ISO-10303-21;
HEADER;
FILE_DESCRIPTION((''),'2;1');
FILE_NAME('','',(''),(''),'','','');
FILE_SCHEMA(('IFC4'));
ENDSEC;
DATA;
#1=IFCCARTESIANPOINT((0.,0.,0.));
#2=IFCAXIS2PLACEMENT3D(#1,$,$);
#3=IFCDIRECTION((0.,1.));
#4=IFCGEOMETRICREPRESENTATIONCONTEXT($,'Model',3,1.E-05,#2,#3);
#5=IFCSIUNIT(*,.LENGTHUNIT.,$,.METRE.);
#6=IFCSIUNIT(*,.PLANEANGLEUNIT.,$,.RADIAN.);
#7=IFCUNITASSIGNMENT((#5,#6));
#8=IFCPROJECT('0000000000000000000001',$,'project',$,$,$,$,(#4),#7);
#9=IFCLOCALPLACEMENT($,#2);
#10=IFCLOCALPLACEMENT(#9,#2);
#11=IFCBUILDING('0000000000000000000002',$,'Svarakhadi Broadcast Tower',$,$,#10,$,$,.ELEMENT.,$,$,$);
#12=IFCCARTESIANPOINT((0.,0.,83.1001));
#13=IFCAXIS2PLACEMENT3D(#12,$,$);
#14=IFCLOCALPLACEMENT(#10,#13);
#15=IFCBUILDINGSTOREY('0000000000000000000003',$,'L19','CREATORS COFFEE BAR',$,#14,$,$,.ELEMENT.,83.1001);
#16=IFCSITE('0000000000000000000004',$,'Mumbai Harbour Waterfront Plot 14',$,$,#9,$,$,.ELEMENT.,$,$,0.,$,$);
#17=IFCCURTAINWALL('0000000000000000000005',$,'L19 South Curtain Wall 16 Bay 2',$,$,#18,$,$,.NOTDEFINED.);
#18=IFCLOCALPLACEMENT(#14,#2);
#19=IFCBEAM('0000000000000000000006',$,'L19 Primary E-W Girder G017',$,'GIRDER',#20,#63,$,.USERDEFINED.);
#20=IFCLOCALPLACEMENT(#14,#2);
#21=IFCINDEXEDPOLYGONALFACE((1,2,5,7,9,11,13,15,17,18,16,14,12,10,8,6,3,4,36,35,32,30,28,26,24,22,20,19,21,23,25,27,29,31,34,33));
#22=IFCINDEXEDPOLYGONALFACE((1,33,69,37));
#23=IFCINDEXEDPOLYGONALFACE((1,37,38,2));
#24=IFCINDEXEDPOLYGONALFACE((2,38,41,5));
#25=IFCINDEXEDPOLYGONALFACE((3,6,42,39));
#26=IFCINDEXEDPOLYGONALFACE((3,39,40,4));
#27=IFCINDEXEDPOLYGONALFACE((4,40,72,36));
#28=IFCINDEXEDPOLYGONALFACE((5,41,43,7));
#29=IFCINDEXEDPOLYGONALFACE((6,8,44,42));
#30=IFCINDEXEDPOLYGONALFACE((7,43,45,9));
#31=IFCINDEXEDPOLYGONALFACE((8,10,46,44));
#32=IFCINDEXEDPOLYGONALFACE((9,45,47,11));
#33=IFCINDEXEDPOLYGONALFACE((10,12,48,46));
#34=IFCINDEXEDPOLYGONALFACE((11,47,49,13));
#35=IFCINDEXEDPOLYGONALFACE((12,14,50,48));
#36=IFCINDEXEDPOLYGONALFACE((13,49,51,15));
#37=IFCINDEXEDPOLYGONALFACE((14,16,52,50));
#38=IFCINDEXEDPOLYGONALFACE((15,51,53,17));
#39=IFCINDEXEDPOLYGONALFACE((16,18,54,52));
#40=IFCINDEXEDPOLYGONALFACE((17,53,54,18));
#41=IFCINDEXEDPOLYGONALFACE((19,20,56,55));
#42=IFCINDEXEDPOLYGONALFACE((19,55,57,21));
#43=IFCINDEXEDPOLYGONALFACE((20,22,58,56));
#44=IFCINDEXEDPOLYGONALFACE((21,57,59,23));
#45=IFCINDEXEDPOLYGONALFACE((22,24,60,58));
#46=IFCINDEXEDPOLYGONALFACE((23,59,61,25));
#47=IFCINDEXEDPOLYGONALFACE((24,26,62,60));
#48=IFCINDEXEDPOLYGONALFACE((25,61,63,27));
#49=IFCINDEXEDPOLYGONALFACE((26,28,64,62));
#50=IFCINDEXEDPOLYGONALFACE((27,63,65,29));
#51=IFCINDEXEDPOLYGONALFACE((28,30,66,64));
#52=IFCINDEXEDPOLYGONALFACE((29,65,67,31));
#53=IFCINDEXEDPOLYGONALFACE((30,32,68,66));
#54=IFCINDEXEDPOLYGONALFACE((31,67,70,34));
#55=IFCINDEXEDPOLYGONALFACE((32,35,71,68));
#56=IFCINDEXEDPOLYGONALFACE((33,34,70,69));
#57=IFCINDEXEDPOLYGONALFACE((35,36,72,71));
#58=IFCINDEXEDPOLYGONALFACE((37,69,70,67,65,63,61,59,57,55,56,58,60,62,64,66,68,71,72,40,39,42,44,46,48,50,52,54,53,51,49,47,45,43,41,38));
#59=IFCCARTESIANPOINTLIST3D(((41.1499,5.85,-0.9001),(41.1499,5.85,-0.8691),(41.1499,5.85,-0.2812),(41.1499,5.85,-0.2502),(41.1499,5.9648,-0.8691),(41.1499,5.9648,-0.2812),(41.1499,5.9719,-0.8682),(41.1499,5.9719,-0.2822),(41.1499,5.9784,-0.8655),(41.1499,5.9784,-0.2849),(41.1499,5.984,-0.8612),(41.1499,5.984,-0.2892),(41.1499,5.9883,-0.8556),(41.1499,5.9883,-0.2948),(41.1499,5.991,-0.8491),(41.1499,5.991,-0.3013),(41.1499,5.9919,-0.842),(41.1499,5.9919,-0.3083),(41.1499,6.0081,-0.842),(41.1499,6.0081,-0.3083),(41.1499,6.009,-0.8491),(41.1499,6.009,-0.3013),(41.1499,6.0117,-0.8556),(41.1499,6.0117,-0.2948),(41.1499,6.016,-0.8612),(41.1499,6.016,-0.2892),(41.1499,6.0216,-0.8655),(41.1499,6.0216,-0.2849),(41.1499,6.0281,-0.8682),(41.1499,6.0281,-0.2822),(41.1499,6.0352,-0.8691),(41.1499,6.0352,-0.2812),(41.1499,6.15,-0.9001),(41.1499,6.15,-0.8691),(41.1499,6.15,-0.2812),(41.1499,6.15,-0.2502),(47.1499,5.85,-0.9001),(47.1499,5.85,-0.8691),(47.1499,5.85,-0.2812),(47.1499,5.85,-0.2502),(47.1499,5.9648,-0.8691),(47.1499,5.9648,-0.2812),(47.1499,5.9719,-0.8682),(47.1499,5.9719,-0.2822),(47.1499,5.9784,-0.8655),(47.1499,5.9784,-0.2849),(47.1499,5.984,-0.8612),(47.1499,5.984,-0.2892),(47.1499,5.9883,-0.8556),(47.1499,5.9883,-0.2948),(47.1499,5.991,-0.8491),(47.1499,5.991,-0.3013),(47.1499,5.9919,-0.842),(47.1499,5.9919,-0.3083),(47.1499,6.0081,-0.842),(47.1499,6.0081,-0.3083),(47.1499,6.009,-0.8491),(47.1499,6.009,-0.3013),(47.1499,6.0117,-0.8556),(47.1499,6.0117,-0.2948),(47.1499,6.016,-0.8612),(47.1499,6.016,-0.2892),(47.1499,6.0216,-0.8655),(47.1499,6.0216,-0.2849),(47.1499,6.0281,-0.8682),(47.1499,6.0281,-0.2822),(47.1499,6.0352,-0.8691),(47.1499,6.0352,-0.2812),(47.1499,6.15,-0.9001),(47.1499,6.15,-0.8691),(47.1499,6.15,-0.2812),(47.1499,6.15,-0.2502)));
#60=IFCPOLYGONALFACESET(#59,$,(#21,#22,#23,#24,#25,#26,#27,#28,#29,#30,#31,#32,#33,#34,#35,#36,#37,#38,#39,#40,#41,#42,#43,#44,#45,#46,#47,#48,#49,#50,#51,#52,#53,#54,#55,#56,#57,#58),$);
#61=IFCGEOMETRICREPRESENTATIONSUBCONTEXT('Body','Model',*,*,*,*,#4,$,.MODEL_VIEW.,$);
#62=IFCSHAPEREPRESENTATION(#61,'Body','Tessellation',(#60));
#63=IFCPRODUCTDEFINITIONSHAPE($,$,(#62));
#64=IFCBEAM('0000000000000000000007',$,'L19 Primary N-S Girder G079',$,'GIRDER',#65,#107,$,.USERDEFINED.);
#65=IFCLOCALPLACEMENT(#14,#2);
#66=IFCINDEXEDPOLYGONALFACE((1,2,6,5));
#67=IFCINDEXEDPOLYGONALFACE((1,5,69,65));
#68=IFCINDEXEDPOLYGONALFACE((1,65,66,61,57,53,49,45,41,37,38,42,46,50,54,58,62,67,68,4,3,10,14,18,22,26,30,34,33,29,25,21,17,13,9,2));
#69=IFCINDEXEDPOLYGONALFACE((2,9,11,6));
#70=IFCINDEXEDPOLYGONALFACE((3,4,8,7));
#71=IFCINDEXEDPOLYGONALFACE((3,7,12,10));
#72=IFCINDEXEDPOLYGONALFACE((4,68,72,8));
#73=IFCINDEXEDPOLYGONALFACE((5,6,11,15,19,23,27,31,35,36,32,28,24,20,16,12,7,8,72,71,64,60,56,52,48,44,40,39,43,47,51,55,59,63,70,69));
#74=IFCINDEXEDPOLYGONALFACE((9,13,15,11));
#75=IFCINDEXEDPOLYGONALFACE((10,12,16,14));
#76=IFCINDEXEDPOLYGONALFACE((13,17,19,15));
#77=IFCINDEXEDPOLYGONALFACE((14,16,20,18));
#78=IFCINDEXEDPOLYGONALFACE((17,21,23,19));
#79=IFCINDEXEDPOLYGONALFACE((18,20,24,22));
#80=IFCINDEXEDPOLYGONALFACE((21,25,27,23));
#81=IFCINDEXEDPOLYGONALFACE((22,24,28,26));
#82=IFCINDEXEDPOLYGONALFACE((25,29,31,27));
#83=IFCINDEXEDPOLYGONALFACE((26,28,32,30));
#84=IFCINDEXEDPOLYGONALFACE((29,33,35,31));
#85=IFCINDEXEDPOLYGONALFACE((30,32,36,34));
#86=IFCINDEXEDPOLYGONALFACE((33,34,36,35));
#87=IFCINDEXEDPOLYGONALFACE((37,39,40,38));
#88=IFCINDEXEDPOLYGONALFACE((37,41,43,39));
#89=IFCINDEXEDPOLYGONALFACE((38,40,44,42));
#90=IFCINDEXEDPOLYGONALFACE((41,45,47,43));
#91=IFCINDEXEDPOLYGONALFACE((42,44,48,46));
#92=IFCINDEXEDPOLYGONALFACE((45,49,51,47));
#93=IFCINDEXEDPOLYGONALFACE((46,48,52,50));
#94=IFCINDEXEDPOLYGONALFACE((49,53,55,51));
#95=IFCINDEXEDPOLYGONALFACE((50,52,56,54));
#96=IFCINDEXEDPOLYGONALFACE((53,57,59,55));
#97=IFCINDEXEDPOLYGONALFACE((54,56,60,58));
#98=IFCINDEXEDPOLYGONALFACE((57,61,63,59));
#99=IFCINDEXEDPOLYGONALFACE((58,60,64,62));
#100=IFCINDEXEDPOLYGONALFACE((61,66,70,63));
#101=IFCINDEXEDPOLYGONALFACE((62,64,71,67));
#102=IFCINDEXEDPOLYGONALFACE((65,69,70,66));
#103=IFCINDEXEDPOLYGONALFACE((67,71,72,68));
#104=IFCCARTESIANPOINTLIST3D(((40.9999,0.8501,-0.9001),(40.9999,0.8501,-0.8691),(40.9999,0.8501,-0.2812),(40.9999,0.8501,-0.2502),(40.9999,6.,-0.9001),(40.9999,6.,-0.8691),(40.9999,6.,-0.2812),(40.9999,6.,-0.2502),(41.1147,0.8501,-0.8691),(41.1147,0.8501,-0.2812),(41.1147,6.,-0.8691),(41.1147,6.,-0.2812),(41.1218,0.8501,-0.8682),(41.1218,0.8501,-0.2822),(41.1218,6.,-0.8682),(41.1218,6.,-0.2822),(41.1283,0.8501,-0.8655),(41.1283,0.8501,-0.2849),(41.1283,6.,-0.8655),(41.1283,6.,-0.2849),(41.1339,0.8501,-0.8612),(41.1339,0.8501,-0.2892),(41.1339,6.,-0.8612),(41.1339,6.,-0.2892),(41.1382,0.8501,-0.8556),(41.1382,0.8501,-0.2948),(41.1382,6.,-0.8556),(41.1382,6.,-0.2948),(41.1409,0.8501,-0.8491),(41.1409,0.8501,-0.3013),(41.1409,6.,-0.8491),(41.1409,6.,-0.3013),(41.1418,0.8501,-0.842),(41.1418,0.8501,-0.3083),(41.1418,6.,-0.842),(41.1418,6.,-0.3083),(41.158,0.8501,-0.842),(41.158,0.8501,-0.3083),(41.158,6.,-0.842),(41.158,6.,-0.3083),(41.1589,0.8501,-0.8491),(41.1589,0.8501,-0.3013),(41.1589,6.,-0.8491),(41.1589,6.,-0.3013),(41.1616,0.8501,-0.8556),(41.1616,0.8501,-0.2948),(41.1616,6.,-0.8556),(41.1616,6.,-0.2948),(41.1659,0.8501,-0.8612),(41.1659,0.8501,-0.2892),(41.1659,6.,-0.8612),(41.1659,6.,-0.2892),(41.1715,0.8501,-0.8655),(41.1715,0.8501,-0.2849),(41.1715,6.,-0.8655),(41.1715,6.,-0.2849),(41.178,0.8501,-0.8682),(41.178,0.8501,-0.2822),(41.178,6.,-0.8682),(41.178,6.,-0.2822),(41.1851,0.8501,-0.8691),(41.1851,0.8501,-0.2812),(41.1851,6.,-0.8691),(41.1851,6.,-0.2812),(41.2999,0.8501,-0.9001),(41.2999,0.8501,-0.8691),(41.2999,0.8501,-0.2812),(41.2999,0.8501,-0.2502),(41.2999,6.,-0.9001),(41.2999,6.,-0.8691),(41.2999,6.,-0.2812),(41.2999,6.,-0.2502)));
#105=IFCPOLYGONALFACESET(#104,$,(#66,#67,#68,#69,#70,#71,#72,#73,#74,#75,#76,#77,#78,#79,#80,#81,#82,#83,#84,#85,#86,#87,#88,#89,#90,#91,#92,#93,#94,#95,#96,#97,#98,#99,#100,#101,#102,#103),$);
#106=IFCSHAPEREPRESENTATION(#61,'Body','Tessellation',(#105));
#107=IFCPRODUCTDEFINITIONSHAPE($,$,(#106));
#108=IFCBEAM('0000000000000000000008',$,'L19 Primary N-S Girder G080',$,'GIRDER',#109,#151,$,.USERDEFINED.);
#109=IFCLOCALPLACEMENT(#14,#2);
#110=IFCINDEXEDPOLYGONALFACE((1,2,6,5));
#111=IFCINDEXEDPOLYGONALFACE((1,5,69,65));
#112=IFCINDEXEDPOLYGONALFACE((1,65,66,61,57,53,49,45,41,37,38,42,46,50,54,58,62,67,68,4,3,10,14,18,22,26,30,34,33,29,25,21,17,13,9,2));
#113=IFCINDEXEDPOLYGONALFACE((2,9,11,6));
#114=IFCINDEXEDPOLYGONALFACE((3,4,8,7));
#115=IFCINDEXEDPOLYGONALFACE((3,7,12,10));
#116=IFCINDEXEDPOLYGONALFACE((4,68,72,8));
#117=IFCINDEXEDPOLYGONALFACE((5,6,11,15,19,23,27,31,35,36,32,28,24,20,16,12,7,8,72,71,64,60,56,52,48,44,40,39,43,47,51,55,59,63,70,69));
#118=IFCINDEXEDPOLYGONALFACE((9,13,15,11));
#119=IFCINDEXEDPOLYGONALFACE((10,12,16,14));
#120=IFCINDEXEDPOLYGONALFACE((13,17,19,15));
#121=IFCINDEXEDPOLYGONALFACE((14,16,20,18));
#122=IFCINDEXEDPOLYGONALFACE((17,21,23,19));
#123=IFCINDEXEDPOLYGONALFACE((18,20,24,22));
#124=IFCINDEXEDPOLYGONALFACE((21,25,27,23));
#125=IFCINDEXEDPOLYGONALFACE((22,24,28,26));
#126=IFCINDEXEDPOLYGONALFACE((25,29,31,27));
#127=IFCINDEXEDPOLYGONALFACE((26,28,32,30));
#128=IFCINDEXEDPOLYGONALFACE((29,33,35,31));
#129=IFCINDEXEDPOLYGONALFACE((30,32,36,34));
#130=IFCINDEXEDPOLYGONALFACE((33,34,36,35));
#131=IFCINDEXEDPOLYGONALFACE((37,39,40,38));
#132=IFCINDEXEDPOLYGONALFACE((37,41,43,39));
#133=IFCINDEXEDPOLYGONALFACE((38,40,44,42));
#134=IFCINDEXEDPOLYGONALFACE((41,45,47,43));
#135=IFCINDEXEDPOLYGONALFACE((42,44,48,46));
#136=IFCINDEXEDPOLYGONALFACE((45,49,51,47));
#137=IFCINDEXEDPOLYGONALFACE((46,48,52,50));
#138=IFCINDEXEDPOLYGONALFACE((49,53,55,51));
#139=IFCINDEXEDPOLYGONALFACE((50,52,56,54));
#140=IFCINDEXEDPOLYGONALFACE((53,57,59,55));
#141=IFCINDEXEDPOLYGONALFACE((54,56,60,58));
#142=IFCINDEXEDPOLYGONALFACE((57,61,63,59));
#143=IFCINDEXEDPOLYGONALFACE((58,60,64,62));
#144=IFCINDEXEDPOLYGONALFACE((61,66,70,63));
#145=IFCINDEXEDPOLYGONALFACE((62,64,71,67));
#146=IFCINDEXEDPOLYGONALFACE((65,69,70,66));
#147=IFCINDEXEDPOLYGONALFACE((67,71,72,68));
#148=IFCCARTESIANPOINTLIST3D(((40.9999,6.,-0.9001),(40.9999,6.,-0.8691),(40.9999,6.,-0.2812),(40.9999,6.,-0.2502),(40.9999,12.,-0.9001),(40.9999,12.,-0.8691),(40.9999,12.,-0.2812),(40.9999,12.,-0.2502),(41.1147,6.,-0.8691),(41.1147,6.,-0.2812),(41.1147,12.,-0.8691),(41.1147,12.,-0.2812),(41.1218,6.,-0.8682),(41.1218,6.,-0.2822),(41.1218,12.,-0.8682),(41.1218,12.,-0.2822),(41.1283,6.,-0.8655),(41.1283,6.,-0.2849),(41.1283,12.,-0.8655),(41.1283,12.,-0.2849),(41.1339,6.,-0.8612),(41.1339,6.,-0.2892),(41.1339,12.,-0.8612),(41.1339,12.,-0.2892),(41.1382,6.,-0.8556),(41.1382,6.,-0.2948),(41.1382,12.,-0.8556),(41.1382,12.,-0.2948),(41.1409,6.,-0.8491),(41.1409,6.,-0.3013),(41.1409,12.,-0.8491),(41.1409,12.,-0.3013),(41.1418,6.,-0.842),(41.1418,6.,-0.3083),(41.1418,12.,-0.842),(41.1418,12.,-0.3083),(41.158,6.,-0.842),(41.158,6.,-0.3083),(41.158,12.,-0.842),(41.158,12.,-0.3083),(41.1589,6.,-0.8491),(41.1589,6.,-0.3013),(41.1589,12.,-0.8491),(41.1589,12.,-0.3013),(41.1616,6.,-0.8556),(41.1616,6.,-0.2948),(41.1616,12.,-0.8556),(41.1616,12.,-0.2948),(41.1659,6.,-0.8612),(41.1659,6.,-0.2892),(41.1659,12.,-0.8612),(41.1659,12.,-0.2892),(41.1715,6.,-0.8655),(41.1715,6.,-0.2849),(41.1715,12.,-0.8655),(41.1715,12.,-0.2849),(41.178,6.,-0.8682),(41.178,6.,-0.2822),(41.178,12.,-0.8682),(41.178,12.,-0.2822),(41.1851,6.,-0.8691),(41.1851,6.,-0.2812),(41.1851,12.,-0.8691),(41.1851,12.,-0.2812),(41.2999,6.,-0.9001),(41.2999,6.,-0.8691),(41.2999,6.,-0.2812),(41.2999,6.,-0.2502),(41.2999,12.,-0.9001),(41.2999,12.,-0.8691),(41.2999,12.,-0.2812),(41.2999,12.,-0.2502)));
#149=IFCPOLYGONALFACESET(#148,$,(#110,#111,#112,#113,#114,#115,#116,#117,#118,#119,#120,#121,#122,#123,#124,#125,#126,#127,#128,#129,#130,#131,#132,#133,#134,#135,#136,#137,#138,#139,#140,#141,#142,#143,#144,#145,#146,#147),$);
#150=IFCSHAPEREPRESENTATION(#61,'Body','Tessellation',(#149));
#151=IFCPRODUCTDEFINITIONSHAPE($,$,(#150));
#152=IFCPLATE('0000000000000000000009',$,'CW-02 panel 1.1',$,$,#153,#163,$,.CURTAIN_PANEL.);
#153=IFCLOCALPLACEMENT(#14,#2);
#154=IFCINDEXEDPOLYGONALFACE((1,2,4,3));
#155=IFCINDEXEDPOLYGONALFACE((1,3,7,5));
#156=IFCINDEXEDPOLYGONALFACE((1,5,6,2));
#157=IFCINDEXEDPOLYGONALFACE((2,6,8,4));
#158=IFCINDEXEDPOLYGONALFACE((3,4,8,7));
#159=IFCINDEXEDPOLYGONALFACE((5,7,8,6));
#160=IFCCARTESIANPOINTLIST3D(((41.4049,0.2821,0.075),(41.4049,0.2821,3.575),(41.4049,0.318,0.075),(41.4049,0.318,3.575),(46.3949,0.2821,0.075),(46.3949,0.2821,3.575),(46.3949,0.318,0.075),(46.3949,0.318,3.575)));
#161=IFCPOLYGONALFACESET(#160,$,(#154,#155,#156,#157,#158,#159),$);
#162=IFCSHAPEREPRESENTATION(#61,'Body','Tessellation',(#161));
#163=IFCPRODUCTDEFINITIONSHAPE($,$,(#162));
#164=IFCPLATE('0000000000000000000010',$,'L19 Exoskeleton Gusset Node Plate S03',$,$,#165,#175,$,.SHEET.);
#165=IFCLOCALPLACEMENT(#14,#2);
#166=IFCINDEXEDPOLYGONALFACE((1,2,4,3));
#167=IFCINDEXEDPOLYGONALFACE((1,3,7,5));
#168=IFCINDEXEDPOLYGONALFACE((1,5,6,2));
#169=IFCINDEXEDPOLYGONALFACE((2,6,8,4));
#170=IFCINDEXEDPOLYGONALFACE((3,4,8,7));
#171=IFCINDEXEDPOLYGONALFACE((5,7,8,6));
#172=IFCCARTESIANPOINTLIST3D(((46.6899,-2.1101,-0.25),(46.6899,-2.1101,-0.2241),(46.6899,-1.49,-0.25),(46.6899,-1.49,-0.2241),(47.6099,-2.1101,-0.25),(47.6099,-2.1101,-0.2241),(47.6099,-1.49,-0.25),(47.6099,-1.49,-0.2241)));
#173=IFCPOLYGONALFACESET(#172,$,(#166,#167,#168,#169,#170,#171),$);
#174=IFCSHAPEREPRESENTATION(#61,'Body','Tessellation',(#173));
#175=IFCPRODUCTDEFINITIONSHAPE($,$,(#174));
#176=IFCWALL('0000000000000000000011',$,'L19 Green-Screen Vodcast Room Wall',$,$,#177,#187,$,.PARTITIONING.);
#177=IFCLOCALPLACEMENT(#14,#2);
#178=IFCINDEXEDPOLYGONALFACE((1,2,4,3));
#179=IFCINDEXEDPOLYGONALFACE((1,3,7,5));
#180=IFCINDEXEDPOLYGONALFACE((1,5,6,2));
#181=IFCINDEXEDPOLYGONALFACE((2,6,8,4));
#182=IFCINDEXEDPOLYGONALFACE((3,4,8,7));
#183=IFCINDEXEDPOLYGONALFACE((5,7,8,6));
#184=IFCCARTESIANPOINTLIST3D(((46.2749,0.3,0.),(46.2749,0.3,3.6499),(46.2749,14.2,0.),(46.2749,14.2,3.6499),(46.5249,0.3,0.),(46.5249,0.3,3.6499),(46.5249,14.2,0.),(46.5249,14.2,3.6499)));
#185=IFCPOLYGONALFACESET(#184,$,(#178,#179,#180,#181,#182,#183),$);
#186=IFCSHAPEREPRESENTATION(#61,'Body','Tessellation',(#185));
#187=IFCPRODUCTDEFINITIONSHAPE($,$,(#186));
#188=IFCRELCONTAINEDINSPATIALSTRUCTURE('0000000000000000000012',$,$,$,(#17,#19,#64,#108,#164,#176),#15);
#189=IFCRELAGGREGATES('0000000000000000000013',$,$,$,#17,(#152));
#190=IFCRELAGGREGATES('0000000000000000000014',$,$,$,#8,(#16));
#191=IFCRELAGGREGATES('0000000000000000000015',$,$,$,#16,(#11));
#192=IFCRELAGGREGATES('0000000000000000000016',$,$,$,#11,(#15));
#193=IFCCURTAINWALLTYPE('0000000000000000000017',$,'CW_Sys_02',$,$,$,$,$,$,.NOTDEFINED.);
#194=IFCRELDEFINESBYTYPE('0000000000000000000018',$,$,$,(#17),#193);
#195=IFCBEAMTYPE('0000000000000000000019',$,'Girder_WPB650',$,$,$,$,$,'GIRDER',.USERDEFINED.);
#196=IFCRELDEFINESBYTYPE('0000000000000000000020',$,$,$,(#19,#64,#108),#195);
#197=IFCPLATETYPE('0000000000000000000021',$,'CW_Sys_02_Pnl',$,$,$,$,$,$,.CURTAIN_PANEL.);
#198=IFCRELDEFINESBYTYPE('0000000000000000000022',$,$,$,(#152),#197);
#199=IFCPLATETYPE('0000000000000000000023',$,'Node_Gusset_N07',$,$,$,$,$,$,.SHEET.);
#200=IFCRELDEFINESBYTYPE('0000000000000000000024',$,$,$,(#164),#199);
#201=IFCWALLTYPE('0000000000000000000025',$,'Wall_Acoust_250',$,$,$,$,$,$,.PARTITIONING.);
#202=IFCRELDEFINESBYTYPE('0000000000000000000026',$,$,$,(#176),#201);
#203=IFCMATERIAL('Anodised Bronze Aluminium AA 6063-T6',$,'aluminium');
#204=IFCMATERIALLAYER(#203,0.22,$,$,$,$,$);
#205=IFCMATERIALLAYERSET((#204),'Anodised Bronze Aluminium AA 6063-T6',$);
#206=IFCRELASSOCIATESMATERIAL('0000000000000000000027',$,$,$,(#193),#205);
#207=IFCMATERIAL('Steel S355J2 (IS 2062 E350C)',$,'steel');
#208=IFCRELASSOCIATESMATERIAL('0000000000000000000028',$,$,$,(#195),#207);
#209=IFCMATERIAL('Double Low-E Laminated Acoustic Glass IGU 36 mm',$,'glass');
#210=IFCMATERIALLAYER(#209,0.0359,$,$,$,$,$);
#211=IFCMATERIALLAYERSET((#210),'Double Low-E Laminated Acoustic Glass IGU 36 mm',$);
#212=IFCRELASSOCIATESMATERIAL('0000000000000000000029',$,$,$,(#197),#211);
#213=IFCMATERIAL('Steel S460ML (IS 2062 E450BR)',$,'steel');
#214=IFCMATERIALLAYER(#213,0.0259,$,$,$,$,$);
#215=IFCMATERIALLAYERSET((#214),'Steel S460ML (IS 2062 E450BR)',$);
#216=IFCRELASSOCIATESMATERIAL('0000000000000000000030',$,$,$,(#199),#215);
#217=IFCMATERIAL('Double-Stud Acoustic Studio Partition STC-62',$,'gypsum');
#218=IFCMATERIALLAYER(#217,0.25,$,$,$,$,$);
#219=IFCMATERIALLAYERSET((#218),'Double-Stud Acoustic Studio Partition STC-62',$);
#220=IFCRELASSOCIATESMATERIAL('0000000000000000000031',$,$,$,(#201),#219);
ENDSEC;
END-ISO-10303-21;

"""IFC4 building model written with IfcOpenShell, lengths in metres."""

from ifc_helpers import new_model, si_unit, direction, frame, frame_2d, origin, origin_2d, place, context, subcontext, project, spatial, rectangle, i_section, extrude, material, layer, layer_set, material_profile, profile_set, type_object, element, aggregate, save


model = new_model("IFC4")

# Units and contexts
model_context = context("Model", 3, precision=1e-05, world=origin(), true_north=direction((0.0, 1.0)))
body_context = subcontext(model_context, "Body", "Model", "MODEL_VIEW")
ifc_project = project(units=[si_unit("LENGTHUNIT", "METRE"), si_unit("PLANEANGLEUNIT", "RADIAN")], contexts=[model_context])

# Site, building, storey
site_placement = place(None, origin())
site = spatial("IfcSite", under=ifc_project, at=site_placement, Name="Mumbai Harbour Waterfront Plot 14", CompositionType="ELEMENT", RefElevation=0.0)
building_placement = place(site_placement, origin())
building = spatial("IfcBuilding", under=site, at=building_placement, Name="Svarakhadi Broadcast Tower", CompositionType="ELEMENT")
storey_placement = place(building_placement, frame((0.0, 0.0, 83.1001)))
storey = spatial("IfcBuildingStorey", under=building, at=storey_placement, Name="L19", Description="CREATORS COFFEE BAR", CompositionType="ELEMENT", Elevation=83.1001)

# Shared definitions
ifc_material_1 = material(Name="Steel S460ML (IS 2062 E450BR)", Category="steel")

# Shared definitions
ifc_material_2 = material(Name="Steel S355J2 (IS 2062 E350C)", Category="steel")

# Curtain wall
ifc_material_3 = material(Name="Anodised Bronze Aluminium AA 6063-T6", Category="aluminium")
ifc_layer_1 = layer(ifc_material_3, 0.22)
ifc_layer_set_1 = layer_set([ifc_layer_1], Name="Anodised Bronze Aluminium AA 6063-T6")
curtain_wall_type = type_object("IfcCurtainWallType", Name="CW_Sys_02", PredefinedType="NOTDEFINED", material=ifc_layer_set_1)
curtain_wall_placement = place(storey_placement, origin())
curtain_wall = element("IfcCurtainWall", 1, at=curtain_wall_placement, inside=storey, type_object=curtain_wall_type, Name="L19 South Curtain Wall 16 Bay 2", PredefinedType="NOTDEFINED")

# Beams
ifc_material_profile_1 = material_profile(ifc_material_2, i_section(OverallWidth=0.3, OverallDepth=0.6499, WebThickness=0.0161, FlangeThickness=0.031, FilletRadius=0.0271, at=origin_2d()), Name="WPB 650x300x225")
ifc_profile_set_1 = profile_set([ifc_material_profile_1], Name="Steel S355J2 (IS 2062 E350C)")
beam_type_1 = type_object("IfcBeamType", Name="Girder_WPB650", ElementType="GIRDER", PredefinedType="USERDEFINED", material=ifc_profile_set_1)
for number, where, z_axis, x_axis, name in (
    (2, (41.1499, 6.0, -0.5752), (1.0, 0.0, 0.0), (0.0, 1.0, 0.0), "L19 Primary E-W Girder G017"),
):
    element("IfcBeam", number, at=place(storey_placement, frame(where, z_axis=z_axis, x_axis=x_axis)), inside=storey, type_object=beam_type_1, Name=name, ObjectType="GIRDER", PredefinedType="USERDEFINED", context=body_context, shape_type="SweptSolid", body=[
        extrude(i_section(OverallWidth=0.3, OverallDepth=0.6499, WebThickness=0.0161, FlangeThickness=0.031, FilletRadius=0.0271, at=origin_2d()), origin(), (0.0, 0.0, 1.0), 6.0),
    ])
beam_1_placement = place(storey_placement, frame((41.1499, 0.8501, -0.5752), z_axis=(0.0, 1.0, 0.0), x_axis=(-1.0, 0.0, 0.0)))
element("IfcBeam", 3, at=beam_1_placement, inside=storey, type_object=beam_type_1, Name="L19 Primary N-S Girder G079", ObjectType="GIRDER", PredefinedType="USERDEFINED", context=body_context, shape_type="SweptSolid", body=[
    extrude(i_section(OverallWidth=0.3, OverallDepth=0.6499, WebThickness=0.0161, FlangeThickness=0.031, FilletRadius=0.0271, at=origin_2d()), origin(), (0.0, 0.0, 1.0), 5.1499),
])
beam_2_placement = place(storey_placement, frame((41.1499, 6.0, -0.5752), z_axis=(0.0, 1.0, 0.0), x_axis=(-1.0, 0.0, 0.0)))
element("IfcBeam", 4, at=beam_2_placement, inside=storey, type_object=beam_type_1, Name="L19 Primary N-S Girder G080", ObjectType="GIRDER", PredefinedType="USERDEFINED", context=body_context, shape_type="SweptSolid", body=[
    extrude(i_section(OverallWidth=0.3, OverallDepth=0.6499, WebThickness=0.0161, FlangeThickness=0.031, FilletRadius=0.0271, at=origin_2d()), origin(), (0.0, 0.0, 1.0), 6.0),
])

# Plates
ifc_material_4 = material(Name="Double Low-E Laminated Acoustic Glass IGU 36 mm", Category="glass")
ifc_layer_2 = layer(ifc_material_4, 0.0359)
ifc_layer_set_2 = layer_set([ifc_layer_2], Name="Double Low-E Laminated Acoustic Glass IGU 36 mm")
plate_type_1 = type_object("IfcPlateType", Name="CW_Sys_02_Pnl", PredefinedType="CURTAIN_PANEL", material=ifc_layer_set_2)
plate_1_placement = place(storey_placement, frame((43.8999, 0.3, 0.075), z_axis=(0.0, 0.0, 1.0), x_axis=(-1.0, 0.0, 0.0)))
plate_1 = element("IfcPlate", 5, at=plate_1_placement, type_object=plate_type_1, Name="CW-02 panel 1.1", PredefinedType="CURTAIN_PANEL", context=body_context, shape_type="SweptSolid", body=[
    extrude(rectangle(XDim=4.99, YDim=0.0359, at=origin_2d()), origin(), (0.0, 0.0, 1.0), 3.5),
])
aggregate(curtain_wall, [plate_1])
ifc_layer_3 = layer(ifc_material_1, 0.0259)
ifc_layer_set_3 = layer_set([ifc_layer_3], Name="Steel S460ML (IS 2062 E450BR)")
plate_type_2 = type_object("IfcPlateType", Name="Node_Gusset_N07", PredefinedType="SHEET", material=ifc_layer_set_3)
plate_2_placement = place(storey_placement, frame((47.1499, -1.8, -0.25), z_axis=(0.0, 0.0, 1.0), x_axis=(1.0, 0.0, 0.0)))
element("IfcPlate", 6, at=plate_2_placement, inside=storey, type_object=plate_type_2, Name="L19 Exoskeleton Gusset Node Plate S03", PredefinedType="SHEET", context=body_context, shape_type="SweptSolid", body=[
    extrude(rectangle(XDim=0.9199, YDim=0.6201, at=origin_2d()), origin(), (0.0, 0.0, 1.0), 0.0259),
])

# Wall
ifc_material_5 = material(Name="Double-Stud Acoustic Studio Partition STC-62", Category="gypsum")
ifc_layer_4 = layer(ifc_material_5, 0.25)
ifc_layer_set_4 = layer_set([ifc_layer_4], Name="Double-Stud Acoustic Studio Partition STC-62")
wall_type_1 = type_object("IfcWallType", Name="Wall_Acoust_250", PredefinedType="PARTITIONING", material=ifc_layer_set_4)
wall_1_placement = place(storey_placement, frame((46.3999, 0.3, 0.0), z_axis=(0.0, 0.0, 1.0), x_axis=(0.0, 1.0, 0.0)))
element("IfcWall", 7, at=wall_1_placement, inside=storey, type_object=wall_type_1, Name="L19 Green-Screen Vodcast Room Wall", PredefinedType="PARTITIONING", context=body_context, shape_type="SweptSolid", body=[
    extrude(rectangle(XDim=13.8999, YDim=0.25, at=frame_2d((6.95, 0.0))), origin(), (0.0, 0.0, 1.0), 3.6499),
])

save(model, "model.ifc")
